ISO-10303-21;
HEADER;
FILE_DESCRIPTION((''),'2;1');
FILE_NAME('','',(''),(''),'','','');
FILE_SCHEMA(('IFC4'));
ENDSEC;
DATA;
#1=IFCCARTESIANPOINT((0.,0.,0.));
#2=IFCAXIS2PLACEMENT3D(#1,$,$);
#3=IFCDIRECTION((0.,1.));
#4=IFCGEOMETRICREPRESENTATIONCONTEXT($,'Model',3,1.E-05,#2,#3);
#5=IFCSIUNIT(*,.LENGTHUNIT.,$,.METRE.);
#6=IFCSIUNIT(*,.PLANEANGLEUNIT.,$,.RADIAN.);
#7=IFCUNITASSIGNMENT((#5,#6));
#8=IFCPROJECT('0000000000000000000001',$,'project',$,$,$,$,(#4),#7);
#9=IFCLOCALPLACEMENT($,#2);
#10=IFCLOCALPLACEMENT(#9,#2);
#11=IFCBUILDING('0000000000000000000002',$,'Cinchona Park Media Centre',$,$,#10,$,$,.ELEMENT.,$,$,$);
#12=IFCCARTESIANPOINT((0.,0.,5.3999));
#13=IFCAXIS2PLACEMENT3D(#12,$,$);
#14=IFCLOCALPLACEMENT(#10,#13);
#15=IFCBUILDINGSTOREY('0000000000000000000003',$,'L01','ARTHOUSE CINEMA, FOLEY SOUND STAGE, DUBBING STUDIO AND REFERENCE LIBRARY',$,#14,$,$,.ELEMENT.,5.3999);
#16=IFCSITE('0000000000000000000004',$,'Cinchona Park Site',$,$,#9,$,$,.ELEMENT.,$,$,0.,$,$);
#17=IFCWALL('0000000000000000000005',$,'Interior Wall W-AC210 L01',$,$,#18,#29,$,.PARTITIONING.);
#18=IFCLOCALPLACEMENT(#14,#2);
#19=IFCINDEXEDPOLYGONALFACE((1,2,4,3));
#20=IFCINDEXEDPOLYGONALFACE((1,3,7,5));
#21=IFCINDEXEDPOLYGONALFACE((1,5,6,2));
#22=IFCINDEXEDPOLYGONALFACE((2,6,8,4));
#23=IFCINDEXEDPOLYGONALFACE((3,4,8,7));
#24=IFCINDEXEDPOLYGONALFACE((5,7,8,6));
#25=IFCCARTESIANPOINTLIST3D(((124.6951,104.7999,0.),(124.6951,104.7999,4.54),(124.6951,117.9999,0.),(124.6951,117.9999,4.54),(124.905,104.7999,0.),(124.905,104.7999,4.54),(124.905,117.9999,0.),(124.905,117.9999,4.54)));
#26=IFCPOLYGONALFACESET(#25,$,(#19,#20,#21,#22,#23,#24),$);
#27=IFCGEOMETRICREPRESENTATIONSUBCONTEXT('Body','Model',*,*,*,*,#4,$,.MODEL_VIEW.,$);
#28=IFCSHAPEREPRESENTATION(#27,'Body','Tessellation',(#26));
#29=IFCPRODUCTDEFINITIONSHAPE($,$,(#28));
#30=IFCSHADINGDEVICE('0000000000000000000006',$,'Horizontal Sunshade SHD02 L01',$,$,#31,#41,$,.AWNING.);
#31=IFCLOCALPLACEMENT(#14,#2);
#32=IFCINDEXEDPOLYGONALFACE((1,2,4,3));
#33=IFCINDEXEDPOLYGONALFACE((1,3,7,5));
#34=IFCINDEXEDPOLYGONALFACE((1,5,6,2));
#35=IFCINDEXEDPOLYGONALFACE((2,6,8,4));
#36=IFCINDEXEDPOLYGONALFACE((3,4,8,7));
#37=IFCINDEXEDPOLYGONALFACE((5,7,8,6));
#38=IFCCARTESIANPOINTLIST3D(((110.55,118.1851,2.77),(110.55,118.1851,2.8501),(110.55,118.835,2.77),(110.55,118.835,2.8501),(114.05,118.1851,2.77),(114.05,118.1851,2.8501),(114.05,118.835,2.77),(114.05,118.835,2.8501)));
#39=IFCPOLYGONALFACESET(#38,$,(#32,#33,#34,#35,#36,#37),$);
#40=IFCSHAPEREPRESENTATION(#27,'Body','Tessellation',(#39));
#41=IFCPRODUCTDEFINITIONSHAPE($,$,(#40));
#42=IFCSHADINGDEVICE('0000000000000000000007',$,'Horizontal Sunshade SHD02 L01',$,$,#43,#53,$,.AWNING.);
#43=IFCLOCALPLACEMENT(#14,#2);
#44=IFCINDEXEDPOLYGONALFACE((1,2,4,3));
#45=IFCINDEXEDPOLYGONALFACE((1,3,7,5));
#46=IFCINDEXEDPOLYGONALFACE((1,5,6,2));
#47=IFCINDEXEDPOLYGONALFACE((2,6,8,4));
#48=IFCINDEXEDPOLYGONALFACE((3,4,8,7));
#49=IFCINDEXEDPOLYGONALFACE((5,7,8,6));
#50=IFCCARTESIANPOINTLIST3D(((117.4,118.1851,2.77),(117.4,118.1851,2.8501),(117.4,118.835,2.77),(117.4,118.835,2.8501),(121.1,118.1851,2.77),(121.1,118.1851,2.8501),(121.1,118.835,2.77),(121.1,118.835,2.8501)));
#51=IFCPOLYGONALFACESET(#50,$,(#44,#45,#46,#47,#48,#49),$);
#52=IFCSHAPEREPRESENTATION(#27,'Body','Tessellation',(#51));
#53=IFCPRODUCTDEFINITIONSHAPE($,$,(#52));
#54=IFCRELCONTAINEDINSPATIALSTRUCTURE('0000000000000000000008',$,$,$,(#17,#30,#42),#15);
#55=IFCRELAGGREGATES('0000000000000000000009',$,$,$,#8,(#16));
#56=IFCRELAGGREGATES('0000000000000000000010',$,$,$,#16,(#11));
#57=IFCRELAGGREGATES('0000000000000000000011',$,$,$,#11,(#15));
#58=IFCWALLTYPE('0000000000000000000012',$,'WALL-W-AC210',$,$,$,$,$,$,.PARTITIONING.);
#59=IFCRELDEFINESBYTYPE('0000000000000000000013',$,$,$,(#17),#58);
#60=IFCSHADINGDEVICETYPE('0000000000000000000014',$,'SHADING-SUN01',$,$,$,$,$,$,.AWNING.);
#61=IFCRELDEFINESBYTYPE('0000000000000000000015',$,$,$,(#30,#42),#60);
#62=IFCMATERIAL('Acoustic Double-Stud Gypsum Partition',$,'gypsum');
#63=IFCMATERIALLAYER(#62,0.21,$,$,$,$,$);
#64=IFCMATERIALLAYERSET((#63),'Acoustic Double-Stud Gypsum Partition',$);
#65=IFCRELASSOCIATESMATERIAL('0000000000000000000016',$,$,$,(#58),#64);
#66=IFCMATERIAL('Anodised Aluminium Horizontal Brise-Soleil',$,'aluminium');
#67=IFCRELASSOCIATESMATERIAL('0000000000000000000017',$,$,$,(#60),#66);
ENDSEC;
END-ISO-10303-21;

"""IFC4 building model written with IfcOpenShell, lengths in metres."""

from ifc_helpers import new_model, si_unit, direction, frame, frame_2d, origin, origin_2d, place, context, subcontext, project, spatial, rectangle, extrude, material, layer, layer_set, type_object, element, save


model = new_model("IFC4")

# Units and contexts
model_context = context("Model", 3, precision=1e-05, world=origin(), true_north=direction((0.0, 1.0)))
body_context = subcontext(model_context, "Body", "Model", "MODEL_VIEW")
ifc_project = project(units=[si_unit("LENGTHUNIT", "METRE"), si_unit("PLANEANGLEUNIT", "RADIAN")], contexts=[model_context])

# Site, building, storey
site_placement = place(None, origin())
site = spatial("IfcSite", under=ifc_project, at=site_placement, Name="Cinchona Park Site", CompositionType="ELEMENT", RefElevation=0.0)
building_placement = place(site_placement, origin())
building = spatial("IfcBuilding", under=site, at=building_placement, Name="Cinchona Park Media Centre", CompositionType="ELEMENT")
storey_placement = place(building_placement, frame((0.0, 0.0, 5.3999)))
storey = spatial("IfcBuildingStorey", under=building, at=storey_placement, Name="L01", Description="ARTHOUSE CINEMA, FOLEY SOUND STAGE, DUBBING STUDIO AND REFERENCE LIBRARY", CompositionType="ELEMENT", Elevation=5.3999)

# Wall
ifc_material_1 = material(Name="Acoustic Double-Stud Gypsum Partition", Category="gypsum")
ifc_layer = layer(ifc_material_1, 0.21)
ifc_layer_set = layer_set([ifc_layer], Name="Acoustic Double-Stud Gypsum Partition")
wall_type = type_object("IfcWallType", Name="WALL-W-AC210", PredefinedType="PARTITIONING", material=ifc_layer_set)
wall_placement = place(storey_placement, frame((124.8, 118.0, 0.0), z_axis=(0.0, 0.0, 1.0), x_axis=(0.0, -1.0, 0.0)))
element("IfcWall", 1, at=wall_placement, inside=storey, type_object=wall_type, Name="Interior Wall W-AC210 L01", PredefinedType="PARTITIONING", context=body_context, shape_type="SweptSolid", body=[
    extrude(rectangle(XDim=13.2, YDim=0.21, at=frame_2d((6.6001, 0.0))), origin(), (0.0, 0.0, 1.0), 4.54),
])

# Shading devices
ifc_material_2 = material(Name="Anodised Aluminium Horizontal Brise-Soleil", Category="aluminium")
shading_device_type = type_object("IfcShadingDeviceType", Name="SHADING-SUN01", PredefinedType="AWNING", material=ifc_material_2)
shading_device_1_placement = place(storey_placement, frame((112.3, 118.51, 2.77), z_axis=(0.0, 0.0, 1.0), x_axis=(1.0, 0.0, 0.0)))
element("IfcShadingDevice", 2, at=shading_device_1_placement, inside=storey, type_object=shading_device_type, Name="Horizontal Sunshade SHD02 L01", PredefinedType="AWNING", context=body_context, shape_type="SweptSolid", body=[
    extrude(rectangle(XDim=3.5, YDim=0.6499, at=origin_2d()), origin(), (0.0, 0.0, 1.0), 0.0801),
])
shading_device_2_placement = place(storey_placement, frame((119.25, 118.51, 2.77), z_axis=(0.0, 0.0, 1.0), x_axis=(1.0, 0.0, 0.0)))
element("IfcShadingDevice", 3, at=shading_device_2_placement, inside=storey, type_object=shading_device_type, Name="Horizontal Sunshade SHD02 L01", PredefinedType="AWNING", context=body_context, shape_type="SweptSolid", body=[
    extrude(rectangle(XDim=3.7, YDim=0.6499, at=origin_2d()), origin(), (0.0, 0.0, 1.0), 0.0801),
])

save(model, "model.ifc")
